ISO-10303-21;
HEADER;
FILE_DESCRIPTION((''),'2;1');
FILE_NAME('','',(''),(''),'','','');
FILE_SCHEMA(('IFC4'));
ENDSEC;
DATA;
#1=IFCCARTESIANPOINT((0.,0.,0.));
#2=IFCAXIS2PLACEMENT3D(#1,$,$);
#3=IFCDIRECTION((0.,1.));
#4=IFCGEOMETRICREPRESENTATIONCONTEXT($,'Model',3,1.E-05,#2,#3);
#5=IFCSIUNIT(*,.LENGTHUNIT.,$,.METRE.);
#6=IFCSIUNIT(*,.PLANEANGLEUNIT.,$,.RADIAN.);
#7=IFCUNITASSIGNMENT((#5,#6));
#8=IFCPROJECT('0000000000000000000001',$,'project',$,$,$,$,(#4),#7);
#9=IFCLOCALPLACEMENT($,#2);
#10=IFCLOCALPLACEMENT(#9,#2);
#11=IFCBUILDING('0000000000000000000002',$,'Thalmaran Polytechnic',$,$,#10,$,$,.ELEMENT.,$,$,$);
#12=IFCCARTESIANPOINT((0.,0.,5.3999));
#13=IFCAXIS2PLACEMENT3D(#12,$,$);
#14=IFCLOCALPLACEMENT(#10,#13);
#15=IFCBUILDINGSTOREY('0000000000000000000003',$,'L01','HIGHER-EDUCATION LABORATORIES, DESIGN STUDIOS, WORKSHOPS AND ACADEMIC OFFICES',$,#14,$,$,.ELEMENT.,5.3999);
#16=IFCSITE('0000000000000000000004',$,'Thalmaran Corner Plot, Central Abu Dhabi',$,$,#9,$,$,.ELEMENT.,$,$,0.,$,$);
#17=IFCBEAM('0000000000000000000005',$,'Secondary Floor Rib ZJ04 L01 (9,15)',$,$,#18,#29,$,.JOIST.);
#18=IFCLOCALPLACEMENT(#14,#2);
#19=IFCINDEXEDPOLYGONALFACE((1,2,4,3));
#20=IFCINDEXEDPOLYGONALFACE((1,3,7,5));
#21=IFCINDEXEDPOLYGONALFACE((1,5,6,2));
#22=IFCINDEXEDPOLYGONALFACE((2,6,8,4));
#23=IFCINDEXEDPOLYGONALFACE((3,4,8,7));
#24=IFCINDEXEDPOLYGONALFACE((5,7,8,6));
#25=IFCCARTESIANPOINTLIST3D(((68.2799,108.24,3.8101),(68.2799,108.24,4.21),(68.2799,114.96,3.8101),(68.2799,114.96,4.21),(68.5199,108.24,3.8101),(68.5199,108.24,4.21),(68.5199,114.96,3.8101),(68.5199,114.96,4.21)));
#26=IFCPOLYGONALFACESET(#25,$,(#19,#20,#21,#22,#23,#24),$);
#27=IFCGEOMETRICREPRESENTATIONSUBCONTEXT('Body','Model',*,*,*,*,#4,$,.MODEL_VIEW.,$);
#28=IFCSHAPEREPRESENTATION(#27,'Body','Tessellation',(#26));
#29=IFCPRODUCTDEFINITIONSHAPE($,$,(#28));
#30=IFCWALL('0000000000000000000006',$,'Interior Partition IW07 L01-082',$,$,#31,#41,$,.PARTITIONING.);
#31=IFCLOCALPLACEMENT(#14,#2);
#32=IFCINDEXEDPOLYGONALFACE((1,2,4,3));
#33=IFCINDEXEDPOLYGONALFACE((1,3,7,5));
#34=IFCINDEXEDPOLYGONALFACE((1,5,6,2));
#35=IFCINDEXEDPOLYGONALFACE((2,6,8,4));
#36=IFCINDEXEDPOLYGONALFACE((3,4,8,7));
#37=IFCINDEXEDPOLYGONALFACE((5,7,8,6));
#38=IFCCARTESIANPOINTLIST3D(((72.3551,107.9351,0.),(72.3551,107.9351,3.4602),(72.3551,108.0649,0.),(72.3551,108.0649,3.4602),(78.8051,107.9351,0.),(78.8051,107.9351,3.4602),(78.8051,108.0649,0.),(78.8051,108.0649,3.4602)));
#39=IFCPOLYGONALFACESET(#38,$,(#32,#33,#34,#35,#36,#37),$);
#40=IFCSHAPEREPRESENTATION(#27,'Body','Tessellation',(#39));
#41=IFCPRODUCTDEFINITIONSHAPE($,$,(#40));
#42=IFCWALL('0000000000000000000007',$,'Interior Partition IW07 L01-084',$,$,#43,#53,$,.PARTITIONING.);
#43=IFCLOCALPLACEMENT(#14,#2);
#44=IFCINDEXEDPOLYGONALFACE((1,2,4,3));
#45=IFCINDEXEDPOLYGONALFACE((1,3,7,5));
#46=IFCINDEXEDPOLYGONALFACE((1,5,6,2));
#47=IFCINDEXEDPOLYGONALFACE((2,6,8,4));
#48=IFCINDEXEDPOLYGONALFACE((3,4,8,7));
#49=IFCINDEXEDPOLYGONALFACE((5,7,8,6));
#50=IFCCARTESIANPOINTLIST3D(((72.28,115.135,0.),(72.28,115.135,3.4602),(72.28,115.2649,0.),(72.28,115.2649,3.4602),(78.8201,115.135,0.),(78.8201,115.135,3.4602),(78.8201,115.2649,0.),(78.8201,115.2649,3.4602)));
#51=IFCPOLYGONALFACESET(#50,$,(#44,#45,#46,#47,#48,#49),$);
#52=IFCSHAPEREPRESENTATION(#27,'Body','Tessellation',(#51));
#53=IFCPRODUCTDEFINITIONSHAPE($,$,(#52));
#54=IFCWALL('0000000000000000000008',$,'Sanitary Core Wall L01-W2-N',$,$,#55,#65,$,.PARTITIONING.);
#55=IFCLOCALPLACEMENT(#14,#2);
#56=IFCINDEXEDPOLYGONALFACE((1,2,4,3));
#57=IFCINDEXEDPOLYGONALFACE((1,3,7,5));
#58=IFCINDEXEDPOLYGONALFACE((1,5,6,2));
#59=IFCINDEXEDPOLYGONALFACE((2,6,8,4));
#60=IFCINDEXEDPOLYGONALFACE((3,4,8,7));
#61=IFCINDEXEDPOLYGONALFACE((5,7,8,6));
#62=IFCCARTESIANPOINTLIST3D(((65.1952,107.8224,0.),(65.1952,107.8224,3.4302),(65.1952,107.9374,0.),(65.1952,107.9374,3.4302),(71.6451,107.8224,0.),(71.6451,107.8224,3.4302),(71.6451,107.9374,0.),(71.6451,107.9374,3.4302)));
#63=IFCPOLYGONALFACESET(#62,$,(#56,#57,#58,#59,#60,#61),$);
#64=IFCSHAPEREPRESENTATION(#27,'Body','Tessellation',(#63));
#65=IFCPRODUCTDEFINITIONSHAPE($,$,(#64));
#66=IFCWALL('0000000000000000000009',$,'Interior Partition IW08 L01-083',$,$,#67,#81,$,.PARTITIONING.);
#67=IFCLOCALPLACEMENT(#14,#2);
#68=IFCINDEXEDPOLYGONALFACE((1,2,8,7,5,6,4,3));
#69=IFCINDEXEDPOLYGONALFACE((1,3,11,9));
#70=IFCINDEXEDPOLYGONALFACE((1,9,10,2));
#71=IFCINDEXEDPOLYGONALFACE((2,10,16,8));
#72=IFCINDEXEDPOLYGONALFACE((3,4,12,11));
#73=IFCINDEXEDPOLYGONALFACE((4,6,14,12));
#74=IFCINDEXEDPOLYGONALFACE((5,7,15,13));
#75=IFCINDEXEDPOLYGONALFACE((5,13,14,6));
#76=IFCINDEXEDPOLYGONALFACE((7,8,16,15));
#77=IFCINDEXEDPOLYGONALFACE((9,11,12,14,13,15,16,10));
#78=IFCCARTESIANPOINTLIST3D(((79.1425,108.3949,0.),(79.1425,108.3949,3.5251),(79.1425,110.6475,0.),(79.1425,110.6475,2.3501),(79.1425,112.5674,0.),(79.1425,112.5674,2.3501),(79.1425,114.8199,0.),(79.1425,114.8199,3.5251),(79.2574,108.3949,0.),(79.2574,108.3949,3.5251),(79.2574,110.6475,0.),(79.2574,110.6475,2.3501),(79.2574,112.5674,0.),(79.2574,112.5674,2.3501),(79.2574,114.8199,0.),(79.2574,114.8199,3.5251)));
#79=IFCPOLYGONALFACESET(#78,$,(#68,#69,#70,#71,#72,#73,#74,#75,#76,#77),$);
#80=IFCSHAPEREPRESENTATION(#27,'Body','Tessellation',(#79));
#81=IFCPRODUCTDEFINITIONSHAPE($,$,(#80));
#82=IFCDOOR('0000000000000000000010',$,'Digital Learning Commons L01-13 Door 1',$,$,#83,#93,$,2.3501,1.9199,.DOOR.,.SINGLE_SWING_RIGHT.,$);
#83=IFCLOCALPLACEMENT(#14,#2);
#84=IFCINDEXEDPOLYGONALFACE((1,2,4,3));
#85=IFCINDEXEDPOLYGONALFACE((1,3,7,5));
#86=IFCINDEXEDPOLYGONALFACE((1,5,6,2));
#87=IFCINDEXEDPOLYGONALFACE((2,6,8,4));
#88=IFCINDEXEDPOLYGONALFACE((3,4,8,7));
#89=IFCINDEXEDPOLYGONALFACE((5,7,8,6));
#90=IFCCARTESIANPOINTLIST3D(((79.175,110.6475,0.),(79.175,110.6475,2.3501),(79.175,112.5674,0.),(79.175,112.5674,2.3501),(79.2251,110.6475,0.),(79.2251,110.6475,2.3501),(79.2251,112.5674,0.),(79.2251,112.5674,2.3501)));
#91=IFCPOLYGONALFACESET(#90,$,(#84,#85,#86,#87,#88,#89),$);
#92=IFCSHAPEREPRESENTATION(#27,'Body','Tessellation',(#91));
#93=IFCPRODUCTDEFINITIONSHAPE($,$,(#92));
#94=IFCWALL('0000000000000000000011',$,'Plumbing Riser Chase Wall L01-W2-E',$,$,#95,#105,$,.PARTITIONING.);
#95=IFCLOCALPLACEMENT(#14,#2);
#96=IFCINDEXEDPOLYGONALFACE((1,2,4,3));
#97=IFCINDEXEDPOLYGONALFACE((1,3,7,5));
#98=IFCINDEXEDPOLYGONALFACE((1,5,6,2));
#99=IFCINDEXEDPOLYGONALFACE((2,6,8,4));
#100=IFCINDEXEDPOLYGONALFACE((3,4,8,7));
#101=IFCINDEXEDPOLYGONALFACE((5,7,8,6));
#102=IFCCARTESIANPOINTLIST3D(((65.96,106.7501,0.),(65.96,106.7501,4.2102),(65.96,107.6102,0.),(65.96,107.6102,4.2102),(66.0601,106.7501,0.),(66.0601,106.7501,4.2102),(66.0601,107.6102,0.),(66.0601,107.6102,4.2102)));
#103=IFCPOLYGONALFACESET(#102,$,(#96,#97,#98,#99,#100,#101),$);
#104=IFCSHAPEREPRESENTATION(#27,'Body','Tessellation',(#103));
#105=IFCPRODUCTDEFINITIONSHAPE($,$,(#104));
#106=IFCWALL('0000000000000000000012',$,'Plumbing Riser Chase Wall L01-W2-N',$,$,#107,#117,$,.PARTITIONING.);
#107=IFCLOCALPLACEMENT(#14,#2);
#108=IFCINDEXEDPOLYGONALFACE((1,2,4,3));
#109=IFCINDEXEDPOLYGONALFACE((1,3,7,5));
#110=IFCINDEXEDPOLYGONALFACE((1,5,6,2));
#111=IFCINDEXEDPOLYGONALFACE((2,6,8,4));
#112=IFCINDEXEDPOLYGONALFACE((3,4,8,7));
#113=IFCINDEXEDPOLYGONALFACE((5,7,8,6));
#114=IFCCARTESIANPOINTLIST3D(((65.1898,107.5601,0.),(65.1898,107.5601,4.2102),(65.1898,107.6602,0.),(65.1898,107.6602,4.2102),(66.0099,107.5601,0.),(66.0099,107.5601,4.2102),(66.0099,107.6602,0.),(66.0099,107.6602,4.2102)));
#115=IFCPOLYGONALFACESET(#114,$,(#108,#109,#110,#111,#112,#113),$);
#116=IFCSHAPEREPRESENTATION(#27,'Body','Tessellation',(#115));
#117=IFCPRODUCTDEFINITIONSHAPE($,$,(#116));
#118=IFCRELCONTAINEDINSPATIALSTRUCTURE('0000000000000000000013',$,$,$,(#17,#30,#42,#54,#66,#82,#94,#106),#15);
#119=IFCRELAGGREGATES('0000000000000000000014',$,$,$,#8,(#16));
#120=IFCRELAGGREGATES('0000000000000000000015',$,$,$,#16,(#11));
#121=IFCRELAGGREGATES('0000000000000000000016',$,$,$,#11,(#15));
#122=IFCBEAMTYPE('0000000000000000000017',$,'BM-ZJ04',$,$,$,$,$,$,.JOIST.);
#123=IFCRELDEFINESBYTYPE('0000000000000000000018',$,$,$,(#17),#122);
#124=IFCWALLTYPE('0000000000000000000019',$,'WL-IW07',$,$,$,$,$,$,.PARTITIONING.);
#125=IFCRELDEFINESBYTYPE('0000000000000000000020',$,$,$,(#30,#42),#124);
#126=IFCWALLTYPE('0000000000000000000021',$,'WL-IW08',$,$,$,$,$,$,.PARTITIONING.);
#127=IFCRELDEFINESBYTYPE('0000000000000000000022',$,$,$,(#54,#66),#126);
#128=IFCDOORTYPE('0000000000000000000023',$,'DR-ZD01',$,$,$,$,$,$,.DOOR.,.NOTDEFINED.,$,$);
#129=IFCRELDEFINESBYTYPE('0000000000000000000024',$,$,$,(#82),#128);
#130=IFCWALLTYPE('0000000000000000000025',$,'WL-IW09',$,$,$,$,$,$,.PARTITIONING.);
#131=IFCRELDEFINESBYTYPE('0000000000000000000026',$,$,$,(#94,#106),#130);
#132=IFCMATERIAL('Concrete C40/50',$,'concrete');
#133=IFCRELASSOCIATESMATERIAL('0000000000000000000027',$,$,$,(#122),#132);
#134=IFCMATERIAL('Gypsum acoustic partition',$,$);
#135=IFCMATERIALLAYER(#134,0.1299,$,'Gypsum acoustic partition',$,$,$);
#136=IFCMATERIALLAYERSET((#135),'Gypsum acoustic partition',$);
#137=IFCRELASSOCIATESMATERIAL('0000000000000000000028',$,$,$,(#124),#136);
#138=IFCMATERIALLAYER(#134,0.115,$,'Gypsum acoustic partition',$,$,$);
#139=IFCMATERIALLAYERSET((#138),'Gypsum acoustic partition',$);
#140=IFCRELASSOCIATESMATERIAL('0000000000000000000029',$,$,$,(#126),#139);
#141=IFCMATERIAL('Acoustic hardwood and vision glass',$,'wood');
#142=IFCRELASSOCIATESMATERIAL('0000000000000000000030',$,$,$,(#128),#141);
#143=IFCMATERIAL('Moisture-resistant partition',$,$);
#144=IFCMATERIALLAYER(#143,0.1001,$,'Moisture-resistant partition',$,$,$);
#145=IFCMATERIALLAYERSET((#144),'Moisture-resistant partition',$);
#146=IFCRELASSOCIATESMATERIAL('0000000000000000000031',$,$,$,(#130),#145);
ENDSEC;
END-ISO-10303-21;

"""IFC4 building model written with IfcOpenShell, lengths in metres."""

from ifc_helpers import new_model, si_unit, direction, frame, frame_2d, origin, origin_2d, place, context, subcontext, project, spatial, rectangle, extrude, material, layer, layer_set, material_profile, profile_set, type_object, element, fill, save


model = new_model("IFC4")

# Units and contexts
model_context = context("Model", 3, precision=1e-05, world=origin(), true_north=direction((0.0, 1.0)))
body_context = subcontext(model_context, "Body", "Model", "MODEL_VIEW")
ifc_project = project(units=[si_unit("LENGTHUNIT", "METRE"), si_unit("PLANEANGLEUNIT", "RADIAN")], contexts=[model_context])

# Site, building, storey
site_placement = place(None, origin())
site = spatial("IfcSite", under=ifc_project, at=site_placement, Name="Thalmaran Corner Plot, Central Abu Dhabi", CompositionType="ELEMENT", RefElevation=0.0)
building_placement = place(site_placement, origin())
building = spatial("IfcBuilding", under=site, at=building_placement, Name="Thalmaran Polytechnic", CompositionType="ELEMENT")
storey_placement = place(building_placement, frame((0.0, 0.0, 5.3999)))
storey = spatial("IfcBuildingStorey", under=building, at=storey_placement, Name="L01", Description="HIGHER-EDUCATION LABORATORIES, DESIGN STUDIOS, WORKSHOPS AND ACADEMIC OFFICES", CompositionType="ELEMENT", Elevation=5.3999)

# Beam
ifc_material_1 = material(Name="Concrete C40/50", Category="concrete")
ifc_material_profile_1 = material_profile(ifc_material_1, rectangle(XDim=0.24, YDim=0.3999, at=origin_2d()), Name="RC 240x400")
ifc_profile_set_1 = profile_set([ifc_material_profile_1], Name="Concrete C40/50")
beam_type_1 = type_object("IfcBeamType", Name="BM-ZJ04", PredefinedType="JOIST", material=ifc_profile_set_1)
beam_1_placement = place(storey_placement, frame((68.3999, 108.24, 4.01), z_axis=(0.0, 1.0, 0.0), x_axis=(-1.0, 0.0, 0.0)))
element("IfcBeam", 1, at=beam_1_placement, inside=storey, type_object=beam_type_1, Name="Secondary Floor Rib ZJ04 L01 (9,15)", PredefinedType="JOIST", context=body_context, shape_type="SweptSolid", body=[
    extrude(rectangle(XDim=0.24, YDim=0.3999, at=origin_2d()), origin(), (0.0, 0.0, 1.0), 6.72),
])

# Walls
ifc_material_2 = material(Name="Gypsum acoustic partition")
ifc_layer_1 = layer(ifc_material_2, 0.1299, Name="Gypsum acoustic partition")
ifc_layer_set_1 = layer_set([ifc_layer_1], Name="Gypsum acoustic partition")
wall_type_1 = type_object("IfcWallType", Name="WL-IW07", PredefinedType="PARTITIONING", material=ifc_layer_set_1)
wall_1_placement = place(storey_placement, frame((72.355, 108.0, 0.0), z_axis=(0.0, 0.0, 1.0), x_axis=(1.0, 0.0, 0.0)))
element("IfcWall", 2, at=wall_1_placement, inside=storey, type_object=wall_type_1, Name="Interior Partition IW07 L01-082", PredefinedType="PARTITIONING", context=body_context, shape_type="SweptSolid", body=[
    extrude(rectangle(XDim=6.45, YDim=0.1299, at=frame_2d((3.2251, 0.0))), origin(), (0.0, 0.0, 1.0), 3.4602),
])
wall_2_placement = place(storey_placement, frame((72.28, 115.2, 0.0), z_axis=(0.0, 0.0, 1.0), x_axis=(1.0, 0.0, 0.0)))
element("IfcWall", 3, at=wall_2_placement, inside=storey, type_object=wall_type_1, Name="Interior Partition IW07 L01-084", PredefinedType="PARTITIONING", context=body_context, shape_type="SweptSolid", body=[
    extrude(rectangle(XDim=6.54, YDim=0.1299, at=frame_2d((3.27, 0.0))), origin(), (0.0, 0.0, 1.0), 3.4602),
])
ifc_layer_2 = layer(ifc_material_2, 0.115, Name="Gypsum acoustic partition")
ifc_layer_set_2 = layer_set([ifc_layer_2], Name="Gypsum acoustic partition")
wall_type_2 = type_object("IfcWallType", Name="WL-IW08", PredefinedType="PARTITIONING", material=ifc_layer_set_2)
wall_3_placement = place(storey_placement, frame((65.1951, 107.8799, 0.0), z_axis=(0.0, 0.0, 1.0), x_axis=(1.0, 0.0, 0.0)))
element("IfcWall", 4, at=wall_3_placement, inside=storey, type_object=wall_type_2, Name="Sanitary Core Wall L01-W2-N", PredefinedType="PARTITIONING", context=body_context, shape_type="SweptSolid", body=[
    extrude(rectangle(XDim=6.45, YDim=0.115, at=frame_2d((3.2251, 0.0))), origin(), (0.0, 0.0, 1.0), 3.4302),
])

# Wall, opening, door
wall_4_placement = place(storey_placement, frame((79.2, 108.395, 0.0), z_axis=(0.0, 0.0, 1.0), x_axis=(0.0, 1.0, 0.0)))
wall_4 = element("IfcWall", 5, at=wall_4_placement, inside=storey, type_object=wall_type_2, Name="Interior Partition IW08 L01-083", PredefinedType="PARTITIONING", context=body_context, shape_type="SweptSolid", body=[
    extrude(rectangle(XDim=6.425, YDim=0.115, at=frame_2d((3.2124, 0.0))), origin(), (0.0, 0.0, 1.0), 3.5251),
])
opening_placement = place(wall_4_placement, frame((2.2524, 0.0, 0.0)))
opening = element("IfcOpeningElement", 6, at=opening_placement, cuts=wall_4, PredefinedType="OPENING", context=body_context, shape_type="SweptSolid", body=[
    extrude(rectangle(XDim=1.9199, YDim=2.3501, at=frame_2d((0.96, 1.175))), frame((0.0, 0.0674, 0.0), z_axis=(0.0, -1.0, 0.0), x_axis=(1.0, 0.0, 0.0)), (0.0, 0.0, 1.0), 0.135),
])
ifc_material_3 = material(Name="Acoustic hardwood and vision glass", Category="wood")
door_type = type_object("IfcDoorType", Name="DR-ZD01", OperationType="NOTDEFINED", PredefinedType="DOOR", material=ifc_material_3)
door_placement = place(opening_placement, origin())
door = element("IfcDoor", 7, at=door_placement, inside=storey, type_object=door_type, Name="Digital Learning Commons L01-13 Door 1", OperationType="SINGLE_SWING_RIGHT", OverallHeight=2.3501, OverallWidth=1.9199, PredefinedType="DOOR", context=body_context, shape_type="SweptSolid", body=[
    extrude(rectangle(XDim=1.9199, YDim=2.3501, at=frame_2d((0.96, 1.175))), frame((0.0, 0.0249, 0.0), z_axis=(0.0, -1.0, 0.0), x_axis=(1.0, 0.0, 0.0)), (0.0, 0.0, 1.0), 0.05),
])
fill(opening, door)

# Walls
ifc_material_4 = material(Name="Moisture-resistant partition")
ifc_layer_3 = layer(ifc_material_4, 0.1001, Name="Moisture-resistant partition")
ifc_layer_set_3 = layer_set([ifc_layer_3], Name="Moisture-resistant partition")
wall_type_3 = type_object("IfcWallType", Name="WL-IW09", PredefinedType="PARTITIONING", material=ifc_layer_set_3)
wall_5_placement = place(storey_placement, frame((66.01, 106.75, 0.0), z_axis=(0.0, 0.0, 1.0), x_axis=(0.0, 1.0, 0.0)))
element("IfcWall", 8, at=wall_5_placement, inside=storey, type_object=wall_type_3, Name="Plumbing Riser Chase Wall L01-W2-E", PredefinedType="PARTITIONING", context=body_context, shape_type="SweptSolid", body=[
    extrude(rectangle(XDim=0.8601, YDim=0.1001, at=frame_2d((0.4302, 0.0))), origin(), (0.0, 0.0, 1.0), 4.2102),
])
wall_6_placement = place(storey_placement, frame((66.01, 107.6101, 0.0), z_axis=(0.0, 0.0, 1.0), x_axis=(-1.0, 0.0, 0.0)))
element("IfcWall", 9, at=wall_6_placement, inside=storey, type_object=wall_type_3, Name="Plumbing Riser Chase Wall L01-W2-N", PredefinedType="PARTITIONING", context=body_context, shape_type="SweptSolid", body=[
    extrude(rectangle(XDim=0.8201, YDim=0.1001, at=frame_2d((0.4102, 0.0))), origin(), (0.0, 0.0, 1.0), 4.2102),
])

save(model, "model.ifc")
